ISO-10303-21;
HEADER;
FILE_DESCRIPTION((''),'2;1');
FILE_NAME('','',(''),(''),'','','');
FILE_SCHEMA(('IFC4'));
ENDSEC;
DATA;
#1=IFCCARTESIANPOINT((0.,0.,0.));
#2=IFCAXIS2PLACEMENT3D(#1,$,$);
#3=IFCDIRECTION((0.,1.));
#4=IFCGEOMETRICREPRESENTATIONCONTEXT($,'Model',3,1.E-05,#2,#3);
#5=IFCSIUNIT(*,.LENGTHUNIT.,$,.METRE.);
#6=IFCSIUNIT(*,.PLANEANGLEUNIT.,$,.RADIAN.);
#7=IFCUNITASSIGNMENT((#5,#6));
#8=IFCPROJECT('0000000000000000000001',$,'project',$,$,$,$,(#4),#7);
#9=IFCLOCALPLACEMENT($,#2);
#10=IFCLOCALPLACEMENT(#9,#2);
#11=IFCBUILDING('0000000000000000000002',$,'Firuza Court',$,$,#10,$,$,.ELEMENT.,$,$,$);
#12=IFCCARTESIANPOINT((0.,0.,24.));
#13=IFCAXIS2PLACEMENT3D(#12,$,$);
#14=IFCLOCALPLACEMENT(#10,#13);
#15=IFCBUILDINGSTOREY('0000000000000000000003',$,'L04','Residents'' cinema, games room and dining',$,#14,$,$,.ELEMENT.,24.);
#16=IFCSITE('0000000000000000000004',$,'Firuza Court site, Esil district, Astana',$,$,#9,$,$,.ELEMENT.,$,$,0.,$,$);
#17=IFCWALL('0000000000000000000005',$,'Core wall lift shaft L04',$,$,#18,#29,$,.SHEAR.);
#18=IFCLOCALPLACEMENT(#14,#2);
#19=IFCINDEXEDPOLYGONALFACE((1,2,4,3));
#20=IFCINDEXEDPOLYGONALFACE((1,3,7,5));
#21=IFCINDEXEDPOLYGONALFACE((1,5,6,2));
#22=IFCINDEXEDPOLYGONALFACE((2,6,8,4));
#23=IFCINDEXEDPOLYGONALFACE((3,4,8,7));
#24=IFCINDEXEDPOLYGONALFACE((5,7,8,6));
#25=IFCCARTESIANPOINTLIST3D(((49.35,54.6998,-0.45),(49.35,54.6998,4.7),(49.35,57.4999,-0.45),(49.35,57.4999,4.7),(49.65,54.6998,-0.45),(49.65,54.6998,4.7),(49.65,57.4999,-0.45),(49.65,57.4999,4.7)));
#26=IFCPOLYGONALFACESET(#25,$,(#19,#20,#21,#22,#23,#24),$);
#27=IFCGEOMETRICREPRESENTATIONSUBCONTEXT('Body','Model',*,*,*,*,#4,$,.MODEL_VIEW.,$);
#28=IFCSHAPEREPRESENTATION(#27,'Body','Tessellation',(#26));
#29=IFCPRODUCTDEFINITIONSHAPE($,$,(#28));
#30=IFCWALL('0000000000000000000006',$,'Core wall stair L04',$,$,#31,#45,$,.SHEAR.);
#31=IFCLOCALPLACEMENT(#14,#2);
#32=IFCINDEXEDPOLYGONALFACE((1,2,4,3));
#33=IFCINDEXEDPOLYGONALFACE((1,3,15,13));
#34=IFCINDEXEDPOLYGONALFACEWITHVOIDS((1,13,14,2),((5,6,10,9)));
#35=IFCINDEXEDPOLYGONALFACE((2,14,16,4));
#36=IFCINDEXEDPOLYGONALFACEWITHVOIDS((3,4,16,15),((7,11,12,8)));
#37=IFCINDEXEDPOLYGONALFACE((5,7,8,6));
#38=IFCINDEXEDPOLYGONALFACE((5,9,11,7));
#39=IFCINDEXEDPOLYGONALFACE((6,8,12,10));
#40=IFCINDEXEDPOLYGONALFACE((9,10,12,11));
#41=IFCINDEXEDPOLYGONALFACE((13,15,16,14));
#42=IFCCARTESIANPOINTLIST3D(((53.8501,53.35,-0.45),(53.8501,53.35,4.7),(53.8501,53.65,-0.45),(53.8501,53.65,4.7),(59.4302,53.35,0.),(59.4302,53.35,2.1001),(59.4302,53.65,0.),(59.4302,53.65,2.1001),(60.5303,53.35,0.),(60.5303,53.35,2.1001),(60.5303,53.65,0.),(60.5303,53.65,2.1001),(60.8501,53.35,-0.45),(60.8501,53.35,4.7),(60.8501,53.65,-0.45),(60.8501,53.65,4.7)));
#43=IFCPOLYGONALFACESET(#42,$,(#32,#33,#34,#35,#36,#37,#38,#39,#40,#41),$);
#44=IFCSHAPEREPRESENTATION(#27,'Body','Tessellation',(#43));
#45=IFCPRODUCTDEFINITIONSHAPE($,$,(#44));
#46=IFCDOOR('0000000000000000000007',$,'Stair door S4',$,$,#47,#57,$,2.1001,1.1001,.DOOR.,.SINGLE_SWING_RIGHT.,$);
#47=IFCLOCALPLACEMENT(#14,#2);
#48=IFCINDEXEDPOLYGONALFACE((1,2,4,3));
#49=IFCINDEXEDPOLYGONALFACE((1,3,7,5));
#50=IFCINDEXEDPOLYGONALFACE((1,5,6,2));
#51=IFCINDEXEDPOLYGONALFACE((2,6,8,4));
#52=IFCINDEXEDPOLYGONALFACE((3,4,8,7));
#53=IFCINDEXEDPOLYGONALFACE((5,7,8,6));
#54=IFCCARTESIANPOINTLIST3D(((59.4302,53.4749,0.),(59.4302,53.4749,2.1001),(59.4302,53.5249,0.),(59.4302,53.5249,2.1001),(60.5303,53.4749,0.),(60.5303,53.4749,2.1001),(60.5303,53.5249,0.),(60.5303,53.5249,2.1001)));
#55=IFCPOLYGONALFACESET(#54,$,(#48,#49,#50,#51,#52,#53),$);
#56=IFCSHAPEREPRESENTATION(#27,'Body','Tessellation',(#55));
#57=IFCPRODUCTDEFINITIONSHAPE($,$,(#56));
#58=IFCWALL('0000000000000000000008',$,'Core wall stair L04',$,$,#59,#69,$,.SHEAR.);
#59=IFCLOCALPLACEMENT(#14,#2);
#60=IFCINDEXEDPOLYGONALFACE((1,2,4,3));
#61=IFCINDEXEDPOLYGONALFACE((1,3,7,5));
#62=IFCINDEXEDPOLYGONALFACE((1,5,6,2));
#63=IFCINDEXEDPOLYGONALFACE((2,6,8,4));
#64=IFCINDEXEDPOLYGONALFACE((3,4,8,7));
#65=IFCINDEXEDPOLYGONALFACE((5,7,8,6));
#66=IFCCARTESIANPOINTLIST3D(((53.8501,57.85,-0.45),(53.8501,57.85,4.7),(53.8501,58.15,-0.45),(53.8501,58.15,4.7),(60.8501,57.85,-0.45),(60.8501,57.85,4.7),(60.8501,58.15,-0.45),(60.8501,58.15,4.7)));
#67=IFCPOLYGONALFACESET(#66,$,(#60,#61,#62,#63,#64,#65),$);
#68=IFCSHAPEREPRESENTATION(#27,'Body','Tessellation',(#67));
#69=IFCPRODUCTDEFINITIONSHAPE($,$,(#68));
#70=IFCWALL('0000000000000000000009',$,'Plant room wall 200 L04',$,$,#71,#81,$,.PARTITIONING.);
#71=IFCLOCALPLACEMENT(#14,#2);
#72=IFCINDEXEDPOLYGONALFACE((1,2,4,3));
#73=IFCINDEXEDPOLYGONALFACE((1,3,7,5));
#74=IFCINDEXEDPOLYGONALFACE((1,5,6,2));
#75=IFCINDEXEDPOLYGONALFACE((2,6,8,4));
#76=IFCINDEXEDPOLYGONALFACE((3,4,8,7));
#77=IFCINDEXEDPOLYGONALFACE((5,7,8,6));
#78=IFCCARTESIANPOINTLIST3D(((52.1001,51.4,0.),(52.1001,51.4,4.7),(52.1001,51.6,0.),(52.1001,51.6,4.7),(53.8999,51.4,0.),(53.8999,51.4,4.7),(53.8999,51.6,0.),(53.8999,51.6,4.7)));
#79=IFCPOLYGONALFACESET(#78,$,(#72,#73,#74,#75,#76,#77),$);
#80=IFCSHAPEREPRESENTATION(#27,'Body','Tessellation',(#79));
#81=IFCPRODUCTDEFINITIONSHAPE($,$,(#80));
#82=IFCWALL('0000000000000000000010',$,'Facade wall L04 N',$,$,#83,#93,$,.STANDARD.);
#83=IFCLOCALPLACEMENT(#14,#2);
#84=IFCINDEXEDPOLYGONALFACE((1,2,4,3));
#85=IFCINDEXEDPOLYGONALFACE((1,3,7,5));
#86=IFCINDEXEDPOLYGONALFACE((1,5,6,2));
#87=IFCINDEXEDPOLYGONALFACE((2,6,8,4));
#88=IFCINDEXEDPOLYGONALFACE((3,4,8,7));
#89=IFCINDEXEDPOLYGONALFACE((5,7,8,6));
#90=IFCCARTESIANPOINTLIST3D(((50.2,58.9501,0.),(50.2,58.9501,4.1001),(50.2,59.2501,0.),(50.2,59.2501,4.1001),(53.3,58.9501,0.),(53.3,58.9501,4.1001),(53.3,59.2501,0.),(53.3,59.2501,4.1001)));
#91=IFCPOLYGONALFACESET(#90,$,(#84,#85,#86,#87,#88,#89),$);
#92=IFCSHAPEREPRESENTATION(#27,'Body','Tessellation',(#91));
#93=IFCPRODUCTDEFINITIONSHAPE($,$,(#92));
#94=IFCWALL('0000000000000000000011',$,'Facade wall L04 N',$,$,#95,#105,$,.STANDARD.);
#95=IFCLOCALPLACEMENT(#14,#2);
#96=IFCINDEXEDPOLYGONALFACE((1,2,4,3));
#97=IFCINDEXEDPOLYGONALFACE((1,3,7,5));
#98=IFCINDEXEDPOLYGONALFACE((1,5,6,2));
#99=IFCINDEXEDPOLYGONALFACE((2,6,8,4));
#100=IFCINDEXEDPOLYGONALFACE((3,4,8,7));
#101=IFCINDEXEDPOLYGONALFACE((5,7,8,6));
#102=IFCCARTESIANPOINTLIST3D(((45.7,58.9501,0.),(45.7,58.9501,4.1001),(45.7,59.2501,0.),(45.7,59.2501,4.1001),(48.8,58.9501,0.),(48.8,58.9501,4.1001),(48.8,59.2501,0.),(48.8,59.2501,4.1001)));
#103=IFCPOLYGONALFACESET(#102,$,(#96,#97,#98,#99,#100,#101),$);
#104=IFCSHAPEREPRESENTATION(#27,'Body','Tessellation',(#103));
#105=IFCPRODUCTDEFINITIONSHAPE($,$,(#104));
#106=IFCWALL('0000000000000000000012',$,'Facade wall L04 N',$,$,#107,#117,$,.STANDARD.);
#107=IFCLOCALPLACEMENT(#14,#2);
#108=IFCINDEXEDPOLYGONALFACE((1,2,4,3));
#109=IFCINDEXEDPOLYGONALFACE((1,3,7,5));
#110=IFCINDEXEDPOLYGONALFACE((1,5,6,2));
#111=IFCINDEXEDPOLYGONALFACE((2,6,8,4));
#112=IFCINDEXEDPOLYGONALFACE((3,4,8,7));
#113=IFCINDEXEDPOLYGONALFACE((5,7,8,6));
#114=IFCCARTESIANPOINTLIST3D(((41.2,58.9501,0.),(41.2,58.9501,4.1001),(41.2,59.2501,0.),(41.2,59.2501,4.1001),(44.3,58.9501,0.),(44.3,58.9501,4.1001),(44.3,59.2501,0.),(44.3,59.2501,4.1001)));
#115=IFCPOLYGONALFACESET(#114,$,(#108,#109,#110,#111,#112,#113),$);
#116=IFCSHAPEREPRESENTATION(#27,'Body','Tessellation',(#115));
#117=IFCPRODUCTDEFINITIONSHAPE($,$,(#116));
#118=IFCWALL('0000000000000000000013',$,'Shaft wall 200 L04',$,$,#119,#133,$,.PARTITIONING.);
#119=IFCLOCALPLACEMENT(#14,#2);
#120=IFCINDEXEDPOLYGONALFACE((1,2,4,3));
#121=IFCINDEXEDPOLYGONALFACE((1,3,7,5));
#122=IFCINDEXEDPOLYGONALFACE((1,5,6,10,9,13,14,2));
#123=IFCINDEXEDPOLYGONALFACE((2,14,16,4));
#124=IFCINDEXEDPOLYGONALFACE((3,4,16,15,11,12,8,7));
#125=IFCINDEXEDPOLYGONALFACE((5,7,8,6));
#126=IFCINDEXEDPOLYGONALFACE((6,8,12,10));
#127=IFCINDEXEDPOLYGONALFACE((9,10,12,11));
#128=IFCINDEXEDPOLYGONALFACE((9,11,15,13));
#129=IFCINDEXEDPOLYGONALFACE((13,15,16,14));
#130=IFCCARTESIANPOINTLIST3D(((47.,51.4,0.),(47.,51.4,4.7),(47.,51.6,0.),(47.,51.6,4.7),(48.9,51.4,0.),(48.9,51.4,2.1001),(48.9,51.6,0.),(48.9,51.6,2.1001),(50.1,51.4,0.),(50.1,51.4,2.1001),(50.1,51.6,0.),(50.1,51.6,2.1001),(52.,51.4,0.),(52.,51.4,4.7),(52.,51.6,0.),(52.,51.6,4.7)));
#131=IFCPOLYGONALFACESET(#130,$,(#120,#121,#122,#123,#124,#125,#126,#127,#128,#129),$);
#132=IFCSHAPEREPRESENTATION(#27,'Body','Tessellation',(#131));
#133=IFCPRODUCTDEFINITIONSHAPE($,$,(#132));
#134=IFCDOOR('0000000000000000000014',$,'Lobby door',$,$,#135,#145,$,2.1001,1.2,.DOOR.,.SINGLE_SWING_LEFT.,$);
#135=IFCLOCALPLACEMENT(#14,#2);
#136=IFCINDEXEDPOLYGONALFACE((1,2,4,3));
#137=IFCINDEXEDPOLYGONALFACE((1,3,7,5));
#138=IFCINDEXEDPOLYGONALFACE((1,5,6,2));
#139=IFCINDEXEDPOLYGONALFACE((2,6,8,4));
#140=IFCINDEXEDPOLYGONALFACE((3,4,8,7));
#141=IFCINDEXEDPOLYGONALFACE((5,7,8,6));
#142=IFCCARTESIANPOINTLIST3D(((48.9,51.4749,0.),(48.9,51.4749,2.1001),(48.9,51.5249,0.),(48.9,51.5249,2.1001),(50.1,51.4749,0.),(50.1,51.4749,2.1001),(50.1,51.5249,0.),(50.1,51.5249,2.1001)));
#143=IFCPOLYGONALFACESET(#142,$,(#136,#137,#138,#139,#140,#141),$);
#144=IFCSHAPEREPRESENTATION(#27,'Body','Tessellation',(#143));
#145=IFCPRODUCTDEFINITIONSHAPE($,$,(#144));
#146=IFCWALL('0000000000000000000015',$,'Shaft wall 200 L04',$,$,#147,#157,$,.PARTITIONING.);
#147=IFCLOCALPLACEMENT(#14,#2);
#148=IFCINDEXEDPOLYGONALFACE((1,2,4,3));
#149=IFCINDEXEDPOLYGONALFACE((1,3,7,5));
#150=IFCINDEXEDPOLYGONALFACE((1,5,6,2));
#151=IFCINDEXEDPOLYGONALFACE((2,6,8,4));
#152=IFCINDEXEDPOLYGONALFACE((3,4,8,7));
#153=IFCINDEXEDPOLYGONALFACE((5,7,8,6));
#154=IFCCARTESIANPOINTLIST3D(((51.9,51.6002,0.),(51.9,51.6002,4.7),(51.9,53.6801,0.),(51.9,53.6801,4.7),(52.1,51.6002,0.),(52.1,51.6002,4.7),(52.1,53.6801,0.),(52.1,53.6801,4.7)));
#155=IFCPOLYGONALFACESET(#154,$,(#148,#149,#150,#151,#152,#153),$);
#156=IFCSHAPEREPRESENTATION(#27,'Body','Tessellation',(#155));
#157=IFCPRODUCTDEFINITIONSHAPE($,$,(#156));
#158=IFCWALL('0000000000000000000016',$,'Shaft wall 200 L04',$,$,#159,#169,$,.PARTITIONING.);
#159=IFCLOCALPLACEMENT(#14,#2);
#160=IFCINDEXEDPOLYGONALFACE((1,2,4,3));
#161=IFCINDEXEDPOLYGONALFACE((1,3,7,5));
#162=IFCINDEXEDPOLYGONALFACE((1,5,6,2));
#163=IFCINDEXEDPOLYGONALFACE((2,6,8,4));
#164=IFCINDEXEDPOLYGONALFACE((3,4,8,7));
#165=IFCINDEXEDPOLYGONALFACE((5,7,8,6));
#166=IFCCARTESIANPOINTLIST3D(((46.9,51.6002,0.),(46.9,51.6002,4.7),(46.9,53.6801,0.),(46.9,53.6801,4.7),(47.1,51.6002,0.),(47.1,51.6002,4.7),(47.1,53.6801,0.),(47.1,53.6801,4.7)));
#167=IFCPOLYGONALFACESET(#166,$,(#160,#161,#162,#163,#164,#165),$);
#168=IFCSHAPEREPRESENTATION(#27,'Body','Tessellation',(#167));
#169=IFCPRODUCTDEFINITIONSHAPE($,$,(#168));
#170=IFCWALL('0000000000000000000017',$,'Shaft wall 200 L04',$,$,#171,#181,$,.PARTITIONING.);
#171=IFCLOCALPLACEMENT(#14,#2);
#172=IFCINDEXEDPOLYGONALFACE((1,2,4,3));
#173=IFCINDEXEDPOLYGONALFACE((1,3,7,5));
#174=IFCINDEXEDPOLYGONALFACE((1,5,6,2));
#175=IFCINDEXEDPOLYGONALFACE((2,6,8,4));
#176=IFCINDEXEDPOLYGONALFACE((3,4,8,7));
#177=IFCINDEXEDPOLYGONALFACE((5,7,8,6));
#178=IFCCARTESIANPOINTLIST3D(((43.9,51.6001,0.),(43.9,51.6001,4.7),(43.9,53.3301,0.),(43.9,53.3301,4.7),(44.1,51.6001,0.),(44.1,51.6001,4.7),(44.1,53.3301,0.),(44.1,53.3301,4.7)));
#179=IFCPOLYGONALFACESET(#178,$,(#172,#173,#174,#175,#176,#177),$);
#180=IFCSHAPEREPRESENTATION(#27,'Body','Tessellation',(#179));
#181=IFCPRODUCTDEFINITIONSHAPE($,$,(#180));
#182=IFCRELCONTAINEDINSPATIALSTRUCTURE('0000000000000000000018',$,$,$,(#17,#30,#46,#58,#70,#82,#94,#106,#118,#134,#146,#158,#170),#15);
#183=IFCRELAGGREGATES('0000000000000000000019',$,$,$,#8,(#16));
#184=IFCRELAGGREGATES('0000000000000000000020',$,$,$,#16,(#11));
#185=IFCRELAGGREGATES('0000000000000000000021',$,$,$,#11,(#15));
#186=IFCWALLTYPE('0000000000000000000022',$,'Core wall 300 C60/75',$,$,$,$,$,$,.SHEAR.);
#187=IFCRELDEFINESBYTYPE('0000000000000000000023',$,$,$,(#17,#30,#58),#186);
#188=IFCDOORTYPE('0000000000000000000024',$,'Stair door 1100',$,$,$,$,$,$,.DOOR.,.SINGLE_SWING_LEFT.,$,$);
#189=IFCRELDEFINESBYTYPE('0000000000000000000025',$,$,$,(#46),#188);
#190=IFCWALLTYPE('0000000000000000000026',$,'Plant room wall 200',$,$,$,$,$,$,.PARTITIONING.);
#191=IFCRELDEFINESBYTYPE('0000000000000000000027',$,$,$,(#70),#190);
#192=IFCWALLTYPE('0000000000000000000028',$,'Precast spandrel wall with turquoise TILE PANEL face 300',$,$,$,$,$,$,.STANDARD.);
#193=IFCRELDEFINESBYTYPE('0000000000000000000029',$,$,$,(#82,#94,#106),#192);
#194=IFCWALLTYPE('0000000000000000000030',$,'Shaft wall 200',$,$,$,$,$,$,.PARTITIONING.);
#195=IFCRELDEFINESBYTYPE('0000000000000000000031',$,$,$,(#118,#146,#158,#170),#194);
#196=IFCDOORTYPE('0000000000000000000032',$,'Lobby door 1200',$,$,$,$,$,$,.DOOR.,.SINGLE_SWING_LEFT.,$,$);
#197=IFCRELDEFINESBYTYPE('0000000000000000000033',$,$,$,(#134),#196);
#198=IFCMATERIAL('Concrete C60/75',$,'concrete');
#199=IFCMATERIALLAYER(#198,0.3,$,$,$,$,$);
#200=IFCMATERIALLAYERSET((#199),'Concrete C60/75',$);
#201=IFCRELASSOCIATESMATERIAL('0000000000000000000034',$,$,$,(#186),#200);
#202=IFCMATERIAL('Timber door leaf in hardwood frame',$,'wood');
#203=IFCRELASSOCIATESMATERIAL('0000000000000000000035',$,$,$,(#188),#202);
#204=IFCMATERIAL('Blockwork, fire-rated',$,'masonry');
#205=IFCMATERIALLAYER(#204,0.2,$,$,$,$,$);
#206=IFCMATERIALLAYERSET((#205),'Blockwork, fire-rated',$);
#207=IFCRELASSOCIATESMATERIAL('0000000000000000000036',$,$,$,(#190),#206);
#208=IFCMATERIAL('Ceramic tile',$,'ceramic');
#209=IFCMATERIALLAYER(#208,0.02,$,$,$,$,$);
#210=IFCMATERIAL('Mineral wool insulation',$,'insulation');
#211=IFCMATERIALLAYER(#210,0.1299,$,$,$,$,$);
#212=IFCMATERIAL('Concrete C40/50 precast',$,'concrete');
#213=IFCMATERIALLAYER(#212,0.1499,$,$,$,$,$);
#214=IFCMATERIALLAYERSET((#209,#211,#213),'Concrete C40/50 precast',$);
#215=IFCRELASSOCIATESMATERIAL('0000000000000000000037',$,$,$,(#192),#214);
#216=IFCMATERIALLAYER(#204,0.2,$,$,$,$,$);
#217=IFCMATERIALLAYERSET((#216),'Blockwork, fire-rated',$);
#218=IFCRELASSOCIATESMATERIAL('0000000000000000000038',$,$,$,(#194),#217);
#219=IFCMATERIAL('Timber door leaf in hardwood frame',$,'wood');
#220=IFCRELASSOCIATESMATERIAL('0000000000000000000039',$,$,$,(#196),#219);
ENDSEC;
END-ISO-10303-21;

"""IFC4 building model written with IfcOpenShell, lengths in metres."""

from ifc_helpers import new_model, si_unit, direction, frame, frame_2d, origin, place, context, subcontext, project, spatial, rectangle, extrude, material, layer, layer_set, type_object, element, fill, save


model = new_model("IFC4")

# Units and contexts
model_context = context("Model", 3, precision=1e-05, world=origin(), true_north=direction((0.0, 1.0)))
body_context = subcontext(model_context, "Body", "Model", "MODEL_VIEW")
ifc_project = project(units=[si_unit("LENGTHUNIT", "METRE"), si_unit("PLANEANGLEUNIT", "RADIAN")], contexts=[model_context])

# Site, building, storey
site_placement = place(None, origin())
site = spatial("IfcSite", under=ifc_project, at=site_placement, Name="Firuza Court site, Esil district, Astana", CompositionType="ELEMENT", RefElevation=0.0)
building_placement = place(site_placement, origin())
building = spatial("IfcBuilding", under=site, at=building_placement, Name="Firuza Court", CompositionType="ELEMENT")
storey_placement = place(building_placement, frame((0.0, 0.0, 24.0)))
storey = spatial("IfcBuildingStorey", under=building, at=storey_placement, Name="L04", Description="Residents' cinema, games room and dining", CompositionType="ELEMENT", Elevation=24.0)

# Shared definitions
ifc_material_1 = material(Name="Concrete C60/75", Category="concrete")
ifc_layer_1 = layer(ifc_material_1, 0.3)
ifc_layer_set_1 = layer_set([ifc_layer_1], Name="Concrete C60/75")
wall_type_1 = type_object("IfcWallType", Name="Core wall 300 C60/75", PredefinedType="SHEAR", material=ifc_layer_set_1)

# Wall
wall_1_placement = place(storey_placement, frame((49.5, 54.7, -0.45), z_axis=(0.0, 0.0, 1.0), x_axis=(0.0, 1.0, 0.0)))
element("IfcWall", 1, at=wall_1_placement, inside=storey, type_object=wall_type_1, Name="Core wall lift shaft L04", PredefinedType="SHEAR", context=body_context, shape_type="SweptSolid", body=[
    extrude(rectangle(XDim=2.8, YDim=0.3, at=frame_2d((1.3999, 0.0))), origin(), (0.0, 0.0, 1.0), 5.1499),
])

# Wall, opening, door
wall_2_placement = place(storey_placement, frame((53.8501, 53.5, -0.45), z_axis=(0.0, 0.0, 1.0), x_axis=(1.0, 0.0, 0.0)))
wall_2 = element("IfcWall", 2, at=wall_2_placement, inside=storey, type_object=wall_type_1, Name="Core wall stair L04", PredefinedType="SHEAR", context=body_context, shape_type="SweptSolid", body=[
    extrude(rectangle(XDim=7.0, YDim=0.3, at=frame_2d((3.5, 0.0))), origin(), (0.0, 0.0, 1.0), 5.1499),
])
opening_1_placement = place(wall_2_placement, frame((5.5801, 0.0, 0.45)))
opening_1 = element("IfcOpeningElement", 3, at=opening_1_placement, cuts=wall_2, PredefinedType="OPENING", context=body_context, shape_type="SweptSolid", body=[
    extrude(rectangle(XDim=1.1001, YDim=2.1001, at=frame_2d((0.55, 1.05))), frame((0.0, 0.1621, 0.0), z_axis=(0.0, -1.0, 0.0), x_axis=(1.0, 0.0, 0.0)), (0.0, 0.0, 1.0), 0.324),
])
ifc_material_2 = material(Name="Timber door leaf in hardwood frame", Category="wood")
door_type_1 = type_object("IfcDoorType", Name="Stair door 1100", OperationType="SINGLE_SWING_LEFT", PredefinedType="DOOR", material=ifc_material_2)
door_1_placement = place(opening_1_placement, origin())
door_1 = element("IfcDoor", 4, at=door_1_placement, inside=storey, type_object=door_type_1, Name="Stair door S4", OperationType="SINGLE_SWING_RIGHT", OverallHeight=2.1001, OverallWidth=1.1001, PredefinedType="DOOR", context=body_context, shape_type="SweptSolid", body=[
    extrude(rectangle(XDim=1.1001, YDim=2.1001, at=frame_2d((0.55, 1.05))), frame((0.0, 0.0249, 0.0), z_axis=(0.0, -1.0, 0.0), x_axis=(1.0, 0.0, 0.0)), (0.0, 0.0, 1.0), 0.05),
])
fill(opening_1, door_1)

# Walls
wall_3_placement = place(storey_placement, frame((53.8501, 58.0, -0.45), z_axis=(0.0, 0.0, 1.0), x_axis=(1.0, 0.0, 0.0)))
element("IfcWall", 5, at=wall_3_placement, inside=storey, type_object=wall_type_1, Name="Core wall stair L04", PredefinedType="SHEAR", context=body_context, shape_type="SweptSolid", body=[
    extrude(rectangle(XDim=7.0, YDim=0.3, at=frame_2d((3.5, 0.0))), origin(), (0.0, 0.0, 1.0), 5.1499),
])
ifc_material_3 = material(Name="Blockwork, fire-rated", Category="masonry")
ifc_layer_2 = layer(ifc_material_3, 0.2)
ifc_layer_set_2 = layer_set([ifc_layer_2], Name="Blockwork, fire-rated")
wall_type_2 = type_object("IfcWallType", Name="Plant room wall 200", PredefinedType="PARTITIONING", material=ifc_layer_set_2)
wall_4_placement = place(storey_placement, frame((53.8999, 51.5, 0.0), z_axis=(0.0, 0.0, 1.0), x_axis=(-1.0, 0.0, 0.0)))
element("IfcWall", 6, at=wall_4_placement, inside=storey, type_object=wall_type_2, Name="Plant room wall 200 L04", PredefinedType="PARTITIONING", context=body_context, shape_type="SweptSolid", body=[
    extrude(rectangle(XDim=1.7998, YDim=0.2, at=frame_2d((0.8999, 0.0))), origin(), (0.0, 0.0, 1.0), 4.7),
])
ifc_material_4 = material(Name="Ceramic tile", Category="ceramic")
ifc_layer_3 = layer(ifc_material_4, 0.02)
ifc_material_5 = material(Name="Mineral wool insulation", Category="insulation")
ifc_layer_4 = layer(ifc_material_5, 0.1299)
ifc_material_6 = material(Name="Concrete C40/50 precast", Category="concrete")
ifc_layer_5 = layer(ifc_material_6, 0.1499)
ifc_layer_set_3 = layer_set([ifc_layer_3, ifc_layer_4, ifc_layer_5], Name="Concrete C40/50 precast")
wall_type_3 = type_object("IfcWallType", Name="Precast spandrel wall with turquoise TILE PANEL face 300", PredefinedType="STANDARD", material=ifc_layer_set_3)
for number, where, z_axis, x_axis, name in (
    (7, (53.3, 59.1001, 0.0), (0.0, 0.0, 1.0), (-1.0, 0.0, 0.0), "Facade wall L04 N"),
    (8, (48.8, 59.1001, 0.0), (0.0, 0.0, 1.0), (-1.0, 0.0, 0.0), "Facade wall L04 N"),
    (9, (44.3, 59.1001, 0.0), (0.0, 0.0, 1.0), (-1.0, 0.0, 0.0), "Facade wall L04 N"),
):
    element("IfcWall", number, at=place(storey_placement, frame(where, z_axis=z_axis, x_axis=x_axis)), inside=storey, type_object=wall_type_3, Name=name, PredefinedType="STANDARD", context=body_context, shape_type="SweptSolid", body=[
        extrude(rectangle(XDim=3.1001, YDim=0.3, at=frame_2d((1.55, 0.0))), origin(), (0.0, 0.0, 1.0), 4.1001),
    ])

# Wall, opening, door
ifc_layer_6 = layer(ifc_material_3, 0.2)
ifc_layer_set_4 = layer_set([ifc_layer_6], Name="Blockwork, fire-rated")
wall_type_4 = type_object("IfcWallType", Name="Shaft wall 200", PredefinedType="PARTITIONING", material=ifc_layer_set_4)
wall_5_placement = place(storey_placement, frame((47.0, 51.5, 0.0), z_axis=(0.0, 0.0, 1.0), x_axis=(1.0, 0.0, 0.0)))
wall_5 = element("IfcWall", 10, at=wall_5_placement, inside=storey, type_object=wall_type_4, Name="Shaft wall 200 L04", PredefinedType="PARTITIONING", context=body_context, shape_type="SweptSolid", body=[
    extrude(rectangle(XDim=5.0, YDim=0.2, at=frame_2d((2.5, 0.0))), origin(), (0.0, 0.0, 1.0), 4.7),
])
opening_2_placement = place(wall_5_placement, frame((1.8999, 0.0, 0.0)))
opening_2 = element("IfcOpeningElement", 11, at=opening_2_placement, cuts=wall_5, PredefinedType="OPENING", context=body_context, shape_type="SweptSolid", body=[
    extrude(rectangle(XDim=1.2, YDim=2.1001, at=frame_2d((0.6001, 1.05))), frame((0.0, 0.1118, 0.0), z_axis=(0.0, -1.0, 0.0), x_axis=(1.0, 0.0, 0.0)), (0.0, 0.0, 1.0), 0.2239),
])
ifc_material_7 = material(Name="Timber door leaf in hardwood frame", Category="wood")
door_type_2 = type_object("IfcDoorType", Name="Lobby door 1200", OperationType="SINGLE_SWING_LEFT", PredefinedType="DOOR", material=ifc_material_7)
door_2_placement = place(opening_2_placement, origin())
door_2 = element("IfcDoor", 12, at=door_2_placement, inside=storey, type_object=door_type_2, Name="Lobby door", OperationType="SINGLE_SWING_LEFT", OverallHeight=2.1001, OverallWidth=1.2, PredefinedType="DOOR", context=body_context, shape_type="SweptSolid", body=[
    extrude(rectangle(XDim=1.2, YDim=2.1001, at=frame_2d((0.6001, 1.05))), frame((0.0, 0.0249, 0.0), z_axis=(0.0, -1.0, 0.0), x_axis=(1.0, 0.0, 0.0)), (0.0, 0.0, 1.0), 0.05),
])
fill(opening_2, door_2)

# Walls
for number, where, z_axis, x_axis, name in (
    (13, (52.0, 51.6001, 0.0), (0.0, 0.0, 1.0), (0.0, 1.0, 0.0), "Shaft wall 200 L04"),
    (14, (47.0, 51.6001, 0.0), (0.0, 0.0, 1.0), (0.0, 1.0, 0.0), "Shaft wall 200 L04"),
):
    element("IfcWall", number, at=place(storey_placement, frame(where, z_axis=z_axis, x_axis=x_axis)), inside=storey, type_object=wall_type_4, Name=name, PredefinedType="PARTITIONING", context=body_context, shape_type="SweptSolid", body=[
        extrude(rectangle(XDim=2.0798, YDim=0.2, at=frame_2d((1.04, 0.0))), origin(), (0.0, 0.0, 1.0), 4.7),
    ])
wall_6_placement = place(storey_placement, frame((44.0, 51.6001, 0.0), z_axis=(0.0, 0.0, 1.0), x_axis=(0.0, 1.0, 0.0)))
element("IfcWall", 15, at=wall_6_placement, inside=storey, type_object=wall_type_4, Name="Shaft wall 200 L04", PredefinedType="PARTITIONING", context=body_context, shape_type="SweptSolid", body=[
    extrude(rectangle(XDim=1.73, YDim=0.2, at=frame_2d((0.865, 0.0))), origin(), (0.0, 0.0, 1.0), 4.7),
])

save(model, "model.ifc")
